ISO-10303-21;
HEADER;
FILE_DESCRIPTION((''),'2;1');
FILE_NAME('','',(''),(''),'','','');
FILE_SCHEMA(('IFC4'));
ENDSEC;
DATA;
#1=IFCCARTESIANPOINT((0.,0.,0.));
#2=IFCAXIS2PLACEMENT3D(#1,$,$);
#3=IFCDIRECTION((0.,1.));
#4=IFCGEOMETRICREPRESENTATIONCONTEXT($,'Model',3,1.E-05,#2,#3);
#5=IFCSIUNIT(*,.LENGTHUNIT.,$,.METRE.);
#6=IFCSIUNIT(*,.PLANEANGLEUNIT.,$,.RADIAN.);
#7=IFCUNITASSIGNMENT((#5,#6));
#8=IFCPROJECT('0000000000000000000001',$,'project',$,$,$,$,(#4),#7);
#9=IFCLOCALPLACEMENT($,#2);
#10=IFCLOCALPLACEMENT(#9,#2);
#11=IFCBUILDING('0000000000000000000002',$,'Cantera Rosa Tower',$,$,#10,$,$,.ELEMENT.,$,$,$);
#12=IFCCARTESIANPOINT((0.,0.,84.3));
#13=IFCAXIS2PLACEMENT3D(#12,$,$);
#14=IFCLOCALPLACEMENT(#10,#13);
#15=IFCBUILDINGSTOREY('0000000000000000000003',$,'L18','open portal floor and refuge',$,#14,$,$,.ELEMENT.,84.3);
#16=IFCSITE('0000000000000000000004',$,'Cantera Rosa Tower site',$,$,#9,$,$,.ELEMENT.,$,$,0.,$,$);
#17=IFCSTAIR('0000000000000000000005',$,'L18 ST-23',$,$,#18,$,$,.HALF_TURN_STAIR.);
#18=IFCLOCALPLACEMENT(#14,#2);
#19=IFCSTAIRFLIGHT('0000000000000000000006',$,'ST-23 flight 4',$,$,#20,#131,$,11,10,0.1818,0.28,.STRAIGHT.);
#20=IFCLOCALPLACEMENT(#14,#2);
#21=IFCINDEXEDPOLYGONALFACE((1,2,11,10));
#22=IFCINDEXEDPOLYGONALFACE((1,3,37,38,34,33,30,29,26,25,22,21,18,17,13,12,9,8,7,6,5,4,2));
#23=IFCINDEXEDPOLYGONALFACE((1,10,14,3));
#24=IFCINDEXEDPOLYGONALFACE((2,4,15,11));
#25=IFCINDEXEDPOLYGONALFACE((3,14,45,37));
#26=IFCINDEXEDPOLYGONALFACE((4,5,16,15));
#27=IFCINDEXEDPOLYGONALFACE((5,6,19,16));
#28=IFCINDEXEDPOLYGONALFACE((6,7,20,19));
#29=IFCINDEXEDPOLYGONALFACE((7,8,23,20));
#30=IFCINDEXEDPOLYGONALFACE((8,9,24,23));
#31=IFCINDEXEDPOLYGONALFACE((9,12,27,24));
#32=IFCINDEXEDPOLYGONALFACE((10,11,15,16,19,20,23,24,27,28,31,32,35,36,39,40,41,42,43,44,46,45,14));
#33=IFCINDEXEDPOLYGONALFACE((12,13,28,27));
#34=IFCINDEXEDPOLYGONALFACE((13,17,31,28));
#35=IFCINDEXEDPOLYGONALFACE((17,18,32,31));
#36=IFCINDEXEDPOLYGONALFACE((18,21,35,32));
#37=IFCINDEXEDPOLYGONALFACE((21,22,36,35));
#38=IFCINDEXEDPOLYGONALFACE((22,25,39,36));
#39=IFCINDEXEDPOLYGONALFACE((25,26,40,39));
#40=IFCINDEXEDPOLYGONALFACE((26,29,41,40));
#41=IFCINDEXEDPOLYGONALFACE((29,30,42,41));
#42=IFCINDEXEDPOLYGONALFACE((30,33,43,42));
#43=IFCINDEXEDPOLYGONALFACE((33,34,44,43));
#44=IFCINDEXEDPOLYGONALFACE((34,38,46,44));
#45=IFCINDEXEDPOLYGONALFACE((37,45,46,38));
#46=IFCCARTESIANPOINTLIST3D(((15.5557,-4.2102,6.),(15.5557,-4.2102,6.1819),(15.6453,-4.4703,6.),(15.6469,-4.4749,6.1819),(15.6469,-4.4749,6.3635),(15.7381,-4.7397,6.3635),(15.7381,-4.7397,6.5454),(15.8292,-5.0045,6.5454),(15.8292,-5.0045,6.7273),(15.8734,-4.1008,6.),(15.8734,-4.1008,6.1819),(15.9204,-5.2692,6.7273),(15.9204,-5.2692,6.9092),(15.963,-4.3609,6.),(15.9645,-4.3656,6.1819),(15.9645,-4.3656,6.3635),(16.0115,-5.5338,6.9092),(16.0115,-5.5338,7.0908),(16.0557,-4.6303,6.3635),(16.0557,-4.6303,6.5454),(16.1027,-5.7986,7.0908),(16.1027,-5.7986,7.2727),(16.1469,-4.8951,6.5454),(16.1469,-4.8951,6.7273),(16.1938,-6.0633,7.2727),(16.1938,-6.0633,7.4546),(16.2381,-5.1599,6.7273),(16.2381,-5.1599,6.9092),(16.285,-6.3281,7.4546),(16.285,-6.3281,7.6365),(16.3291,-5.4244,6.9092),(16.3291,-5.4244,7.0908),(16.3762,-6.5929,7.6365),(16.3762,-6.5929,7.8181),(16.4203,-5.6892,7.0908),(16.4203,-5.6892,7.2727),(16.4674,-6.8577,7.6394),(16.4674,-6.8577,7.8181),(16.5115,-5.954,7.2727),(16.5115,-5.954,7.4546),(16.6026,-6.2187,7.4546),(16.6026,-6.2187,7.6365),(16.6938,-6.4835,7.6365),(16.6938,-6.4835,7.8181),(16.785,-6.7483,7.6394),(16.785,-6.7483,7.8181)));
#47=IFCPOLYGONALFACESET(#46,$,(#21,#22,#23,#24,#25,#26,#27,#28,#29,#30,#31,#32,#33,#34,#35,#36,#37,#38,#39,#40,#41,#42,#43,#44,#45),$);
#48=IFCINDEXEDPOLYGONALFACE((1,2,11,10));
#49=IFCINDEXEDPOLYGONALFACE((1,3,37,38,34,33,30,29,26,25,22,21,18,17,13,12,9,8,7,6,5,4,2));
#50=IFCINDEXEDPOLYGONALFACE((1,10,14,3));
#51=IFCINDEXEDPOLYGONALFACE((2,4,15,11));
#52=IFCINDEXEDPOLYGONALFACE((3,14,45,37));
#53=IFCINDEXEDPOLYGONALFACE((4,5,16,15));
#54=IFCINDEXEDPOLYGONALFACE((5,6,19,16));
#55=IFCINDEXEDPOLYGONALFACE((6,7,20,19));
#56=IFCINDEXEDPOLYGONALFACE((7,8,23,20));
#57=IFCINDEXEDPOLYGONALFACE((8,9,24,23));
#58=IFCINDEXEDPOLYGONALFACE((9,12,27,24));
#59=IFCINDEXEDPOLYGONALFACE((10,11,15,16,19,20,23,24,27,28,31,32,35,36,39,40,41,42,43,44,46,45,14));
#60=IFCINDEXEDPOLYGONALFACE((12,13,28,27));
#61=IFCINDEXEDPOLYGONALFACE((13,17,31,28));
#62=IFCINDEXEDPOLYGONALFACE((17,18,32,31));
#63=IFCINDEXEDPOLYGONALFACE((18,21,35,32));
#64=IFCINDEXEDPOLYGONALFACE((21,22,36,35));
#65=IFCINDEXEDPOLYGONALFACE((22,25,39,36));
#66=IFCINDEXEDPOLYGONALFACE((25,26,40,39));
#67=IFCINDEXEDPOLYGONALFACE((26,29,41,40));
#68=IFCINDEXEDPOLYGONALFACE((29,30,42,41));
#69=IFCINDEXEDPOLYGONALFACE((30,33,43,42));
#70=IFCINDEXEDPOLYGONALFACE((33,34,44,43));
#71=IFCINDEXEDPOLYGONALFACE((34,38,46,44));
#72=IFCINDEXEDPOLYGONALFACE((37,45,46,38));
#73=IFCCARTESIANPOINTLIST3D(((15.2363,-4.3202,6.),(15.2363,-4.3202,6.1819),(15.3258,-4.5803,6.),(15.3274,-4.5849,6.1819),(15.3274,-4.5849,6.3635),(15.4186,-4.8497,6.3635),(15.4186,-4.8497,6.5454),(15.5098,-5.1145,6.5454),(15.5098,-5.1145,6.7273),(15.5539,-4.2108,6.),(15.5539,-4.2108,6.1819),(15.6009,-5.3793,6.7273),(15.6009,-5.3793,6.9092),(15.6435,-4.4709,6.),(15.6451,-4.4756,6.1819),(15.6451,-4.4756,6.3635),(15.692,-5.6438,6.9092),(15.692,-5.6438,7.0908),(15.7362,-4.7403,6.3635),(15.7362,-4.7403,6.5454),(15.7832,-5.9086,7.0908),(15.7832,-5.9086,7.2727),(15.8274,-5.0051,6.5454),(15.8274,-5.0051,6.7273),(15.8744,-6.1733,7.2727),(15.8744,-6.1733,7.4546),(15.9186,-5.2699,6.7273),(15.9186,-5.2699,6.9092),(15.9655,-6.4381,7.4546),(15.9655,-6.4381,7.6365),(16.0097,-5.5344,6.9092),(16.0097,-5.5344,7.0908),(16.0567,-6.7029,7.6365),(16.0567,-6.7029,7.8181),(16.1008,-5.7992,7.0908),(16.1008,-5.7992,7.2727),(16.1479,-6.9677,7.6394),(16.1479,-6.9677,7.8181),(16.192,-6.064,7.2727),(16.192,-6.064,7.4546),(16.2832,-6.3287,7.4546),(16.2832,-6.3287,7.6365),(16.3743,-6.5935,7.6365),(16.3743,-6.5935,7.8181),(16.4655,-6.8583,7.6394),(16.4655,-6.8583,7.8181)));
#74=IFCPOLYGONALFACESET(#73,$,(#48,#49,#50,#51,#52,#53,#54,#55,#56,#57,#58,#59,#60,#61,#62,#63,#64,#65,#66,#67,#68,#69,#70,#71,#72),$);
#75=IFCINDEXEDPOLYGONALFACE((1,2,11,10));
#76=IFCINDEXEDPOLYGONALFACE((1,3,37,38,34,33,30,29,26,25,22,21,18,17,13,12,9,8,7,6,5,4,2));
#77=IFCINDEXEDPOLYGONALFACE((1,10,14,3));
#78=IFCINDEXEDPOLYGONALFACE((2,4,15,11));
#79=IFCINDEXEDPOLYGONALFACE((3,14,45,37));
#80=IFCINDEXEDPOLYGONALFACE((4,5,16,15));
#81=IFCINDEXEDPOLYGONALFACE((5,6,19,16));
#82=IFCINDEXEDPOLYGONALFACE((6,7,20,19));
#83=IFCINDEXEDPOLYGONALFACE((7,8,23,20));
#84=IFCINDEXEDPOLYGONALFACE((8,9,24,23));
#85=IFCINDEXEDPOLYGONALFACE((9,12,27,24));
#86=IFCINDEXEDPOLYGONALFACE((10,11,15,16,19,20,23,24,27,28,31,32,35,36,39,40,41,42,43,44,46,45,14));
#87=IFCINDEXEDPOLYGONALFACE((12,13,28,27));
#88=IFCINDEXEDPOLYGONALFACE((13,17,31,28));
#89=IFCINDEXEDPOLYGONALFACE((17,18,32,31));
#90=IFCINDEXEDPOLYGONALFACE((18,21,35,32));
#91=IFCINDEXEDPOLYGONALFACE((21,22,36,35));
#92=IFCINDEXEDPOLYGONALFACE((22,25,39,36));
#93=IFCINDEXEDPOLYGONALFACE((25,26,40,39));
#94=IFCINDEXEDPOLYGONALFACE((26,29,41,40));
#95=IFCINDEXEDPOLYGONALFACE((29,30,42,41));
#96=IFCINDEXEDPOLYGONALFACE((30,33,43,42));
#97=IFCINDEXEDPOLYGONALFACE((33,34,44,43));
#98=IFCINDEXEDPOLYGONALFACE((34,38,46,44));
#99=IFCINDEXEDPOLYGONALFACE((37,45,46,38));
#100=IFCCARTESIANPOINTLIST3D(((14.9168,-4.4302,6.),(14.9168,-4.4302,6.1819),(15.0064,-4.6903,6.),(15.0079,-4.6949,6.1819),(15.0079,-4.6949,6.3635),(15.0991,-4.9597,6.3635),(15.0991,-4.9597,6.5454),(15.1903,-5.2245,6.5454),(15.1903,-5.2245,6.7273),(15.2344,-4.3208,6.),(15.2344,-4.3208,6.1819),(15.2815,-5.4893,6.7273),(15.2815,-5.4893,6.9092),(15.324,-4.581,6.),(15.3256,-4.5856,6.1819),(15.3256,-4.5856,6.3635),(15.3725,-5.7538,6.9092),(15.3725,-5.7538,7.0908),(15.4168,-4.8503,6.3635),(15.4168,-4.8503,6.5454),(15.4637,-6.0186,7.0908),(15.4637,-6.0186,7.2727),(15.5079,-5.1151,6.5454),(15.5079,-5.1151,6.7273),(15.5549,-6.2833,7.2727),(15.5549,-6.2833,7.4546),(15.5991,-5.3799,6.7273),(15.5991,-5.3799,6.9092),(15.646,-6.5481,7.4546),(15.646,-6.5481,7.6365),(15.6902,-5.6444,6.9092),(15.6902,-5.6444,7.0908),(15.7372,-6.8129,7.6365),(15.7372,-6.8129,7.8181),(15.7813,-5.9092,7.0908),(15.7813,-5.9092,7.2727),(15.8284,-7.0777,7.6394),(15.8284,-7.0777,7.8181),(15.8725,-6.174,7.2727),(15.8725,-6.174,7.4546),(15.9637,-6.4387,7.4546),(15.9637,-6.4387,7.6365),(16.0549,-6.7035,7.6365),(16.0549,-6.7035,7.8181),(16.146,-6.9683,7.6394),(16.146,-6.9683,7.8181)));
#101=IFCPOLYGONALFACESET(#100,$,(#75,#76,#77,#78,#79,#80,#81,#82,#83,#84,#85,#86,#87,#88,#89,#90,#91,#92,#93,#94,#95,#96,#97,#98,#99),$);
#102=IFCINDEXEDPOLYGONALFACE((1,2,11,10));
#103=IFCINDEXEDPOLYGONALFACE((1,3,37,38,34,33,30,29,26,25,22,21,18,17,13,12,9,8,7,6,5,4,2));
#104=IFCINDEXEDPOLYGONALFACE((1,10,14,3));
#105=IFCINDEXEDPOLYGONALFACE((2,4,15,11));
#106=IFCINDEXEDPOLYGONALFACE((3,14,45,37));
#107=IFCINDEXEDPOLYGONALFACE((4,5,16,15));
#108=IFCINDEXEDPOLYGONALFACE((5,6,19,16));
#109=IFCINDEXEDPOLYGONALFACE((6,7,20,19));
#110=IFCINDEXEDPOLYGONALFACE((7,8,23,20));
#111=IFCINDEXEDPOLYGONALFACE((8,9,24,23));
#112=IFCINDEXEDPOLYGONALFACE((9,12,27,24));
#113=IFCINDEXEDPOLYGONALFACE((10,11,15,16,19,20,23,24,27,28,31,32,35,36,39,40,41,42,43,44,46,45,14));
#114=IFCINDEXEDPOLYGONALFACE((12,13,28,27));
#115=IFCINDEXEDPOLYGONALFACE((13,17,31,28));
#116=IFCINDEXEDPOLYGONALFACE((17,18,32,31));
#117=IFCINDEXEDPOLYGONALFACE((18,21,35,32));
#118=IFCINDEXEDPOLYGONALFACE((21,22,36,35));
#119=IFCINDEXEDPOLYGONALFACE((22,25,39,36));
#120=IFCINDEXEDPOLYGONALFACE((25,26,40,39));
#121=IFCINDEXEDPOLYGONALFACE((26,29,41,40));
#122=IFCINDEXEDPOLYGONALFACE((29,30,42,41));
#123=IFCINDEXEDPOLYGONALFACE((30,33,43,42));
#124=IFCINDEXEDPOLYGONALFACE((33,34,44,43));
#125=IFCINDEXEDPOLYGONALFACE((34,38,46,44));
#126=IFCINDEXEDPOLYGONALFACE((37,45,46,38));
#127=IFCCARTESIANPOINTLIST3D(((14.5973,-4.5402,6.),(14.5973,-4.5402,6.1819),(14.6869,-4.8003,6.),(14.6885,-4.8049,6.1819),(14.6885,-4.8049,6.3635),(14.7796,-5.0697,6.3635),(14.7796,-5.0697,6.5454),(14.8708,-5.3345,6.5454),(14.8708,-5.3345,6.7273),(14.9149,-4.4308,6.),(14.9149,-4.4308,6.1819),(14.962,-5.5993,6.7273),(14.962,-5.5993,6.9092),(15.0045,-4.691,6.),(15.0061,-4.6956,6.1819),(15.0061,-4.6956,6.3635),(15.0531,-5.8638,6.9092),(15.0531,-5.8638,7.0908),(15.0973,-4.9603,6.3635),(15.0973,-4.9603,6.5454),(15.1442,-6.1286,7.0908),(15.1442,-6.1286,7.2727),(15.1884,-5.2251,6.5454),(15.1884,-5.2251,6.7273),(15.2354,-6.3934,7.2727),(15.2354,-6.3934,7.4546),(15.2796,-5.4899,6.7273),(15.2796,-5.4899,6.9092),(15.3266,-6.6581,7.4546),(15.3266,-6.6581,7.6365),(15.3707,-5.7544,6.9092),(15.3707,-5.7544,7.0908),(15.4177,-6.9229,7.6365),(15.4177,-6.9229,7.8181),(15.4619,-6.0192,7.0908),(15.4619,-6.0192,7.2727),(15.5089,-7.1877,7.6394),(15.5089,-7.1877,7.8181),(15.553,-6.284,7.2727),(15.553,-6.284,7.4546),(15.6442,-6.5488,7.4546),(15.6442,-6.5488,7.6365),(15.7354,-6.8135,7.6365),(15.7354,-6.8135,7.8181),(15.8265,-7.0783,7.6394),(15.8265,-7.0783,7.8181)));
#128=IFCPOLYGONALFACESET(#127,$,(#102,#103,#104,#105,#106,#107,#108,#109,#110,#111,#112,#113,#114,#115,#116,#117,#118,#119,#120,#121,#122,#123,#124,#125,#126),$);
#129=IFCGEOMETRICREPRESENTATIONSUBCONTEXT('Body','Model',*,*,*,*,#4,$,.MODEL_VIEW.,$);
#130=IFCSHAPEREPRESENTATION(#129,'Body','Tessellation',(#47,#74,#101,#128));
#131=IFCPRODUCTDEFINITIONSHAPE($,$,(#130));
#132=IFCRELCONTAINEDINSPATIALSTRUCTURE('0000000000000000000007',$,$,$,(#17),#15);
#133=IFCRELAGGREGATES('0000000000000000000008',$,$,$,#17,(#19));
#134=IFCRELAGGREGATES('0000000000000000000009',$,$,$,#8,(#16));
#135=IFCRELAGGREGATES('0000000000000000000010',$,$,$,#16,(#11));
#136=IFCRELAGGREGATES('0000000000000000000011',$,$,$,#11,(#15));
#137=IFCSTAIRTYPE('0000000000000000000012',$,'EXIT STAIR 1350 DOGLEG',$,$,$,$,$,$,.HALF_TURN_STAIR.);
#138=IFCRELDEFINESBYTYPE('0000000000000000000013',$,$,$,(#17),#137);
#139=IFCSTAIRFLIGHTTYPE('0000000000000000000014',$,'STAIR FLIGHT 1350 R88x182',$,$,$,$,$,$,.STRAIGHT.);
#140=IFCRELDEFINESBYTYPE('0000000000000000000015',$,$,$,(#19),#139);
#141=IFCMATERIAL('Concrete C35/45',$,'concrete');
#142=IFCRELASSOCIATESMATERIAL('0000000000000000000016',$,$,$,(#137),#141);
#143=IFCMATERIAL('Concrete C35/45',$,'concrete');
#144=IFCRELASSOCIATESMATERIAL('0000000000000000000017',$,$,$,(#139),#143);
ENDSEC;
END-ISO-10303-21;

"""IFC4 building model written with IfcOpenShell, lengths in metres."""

from ifc_helpers import new_model, si_unit, direction, frame, origin, place, context, subcontext, project, spatial, polyline, outline, extrude, material, type_object, element, aggregate, save


model = new_model("IFC4")

# Units and contexts
model_context = context("Model", 3, precision=1e-05, world=origin(), true_north=direction((0.0, 1.0)))
body_context = subcontext(model_context, "Body", "Model", "MODEL_VIEW")
ifc_project = project(units=[si_unit("LENGTHUNIT", "METRE"), si_unit("PLANEANGLEUNIT", "RADIAN")], contexts=[model_context])

# Site, building, storey
site_placement = place(None, origin())
site = spatial("IfcSite", under=ifc_project, at=site_placement, Name="Cantera Rosa Tower site", CompositionType="ELEMENT", RefElevation=0.0)
building_placement = place(site_placement, origin())
building = spatial("IfcBuilding", under=site, at=building_placement, Name="Cantera Rosa Tower", CompositionType="ELEMENT")
storey_placement = place(building_placement, frame((0.0, 0.0, 84.3)))
storey = spatial("IfcBuildingStorey", under=building, at=storey_placement, Name="L18", Description="open portal floor and refuge", CompositionType="ELEMENT", Elevation=84.3)

# Shared definitions
ifc_material_1 = material(Name="Concrete C35/45", Category="concrete")
stair_type = type_object("IfcStairType", Name="EXIT STAIR 1350 DOGLEG", PredefinedType="HALF_TURN_STAIR", material=ifc_material_1)

# Stair, stair flight
stair_1_placement = place(storey_placement, origin())
stair_1 = element("IfcStair", 1, at=stair_1_placement, inside=storey, type_object=stair_type, Name="L18 ST-23", PredefinedType="HALF_TURN_STAIR")
ifc_material_2 = material(Name="Concrete C35/45", Category="concrete")
stair_flight_type = type_object("IfcStairFlightType", Name="STAIR FLIGHT 1350 R88x182", PredefinedType="STRAIGHT", material=ifc_material_2)
stair_flight_1_placement = place(storey_placement, frame((15.2351, -4.3206, 6.0), z_axis=(0.0, 0.0, 1.0), x_axis=(0.325568, -0.945519, 0.0)))
stair_flight_1 = element("IfcStairFlight", 2, at=stair_flight_1_placement, type_object=stair_flight_type, Name="ST-23 flight 4", NumberOfRisers=11, NumberOfTreads=10, PredefinedType="STRAIGHT", RiserHeight=0.1818, TreadLength=0.28, context=body_context, shape_type="SweptSolid", body=[
    extrude(outline(polyline([(0.0, 0.0), (0.0, 0.1819), (0.28, 0.1819), (0.28, 0.3635), (0.5601, 0.3635), (0.5601, 0.5454), (0.8401, 0.5454), (0.8401, 0.7273), (1.1201, 0.7273), (1.1201, 0.9092), (1.3999, 0.9092), (1.3999, 1.0908), (1.6799, 1.0908), (1.6799, 1.2727), (1.96, 1.2727), (1.96, 1.4546), (2.24, 1.4546), (2.24, 1.6365), (2.52, 1.6365), (2.52, 1.8181), (2.8, 1.8181), (2.8, 2.0), (2.8, 1.6394), (0.2751, 0.0), (0.0, 0.0)])), frame((0.0, 0.675, 0.0), z_axis=(0.0, -1.0, 0.0), x_axis=(1.0, 0.0, 0.0)), (0.0, 0.0, 1.0), 0.3359),
    extrude(outline(polyline([(0.0, 0.0), (0.0, 0.1819), (0.28, 0.1819), (0.28, 0.3635), (0.5601, 0.3635), (0.5601, 0.5454), (0.8401, 0.5454), (0.8401, 0.7273), (1.1201, 0.7273), (1.1201, 0.9092), (1.3999, 0.9092), (1.3999, 1.0908), (1.6799, 1.0908), (1.6799, 1.2727), (1.96, 1.2727), (1.96, 1.4546), (2.24, 1.4546), (2.24, 1.6365), (2.52, 1.6365), (2.52, 1.8181), (2.8, 1.8181), (2.8, 2.0), (2.8, 1.6394), (0.2751, 0.0), (0.0, 0.0)])), frame((0.0, 0.3372, 0.0), z_axis=(0.0, -1.0, 0.0), x_axis=(1.0, 0.0, 0.0)), (0.0, 0.0, 1.0), 0.3359),
    extrude(outline(polyline([(0.0, 0.0), (0.0, 0.1819), (0.28, 0.1819), (0.28, 0.3635), (0.5601, 0.3635), (0.5601, 0.5454), (0.8401, 0.5454), (0.8401, 0.7273), (1.1201, 0.7273), (1.1201, 0.9092), (1.3999, 0.9092), (1.3999, 1.0908), (1.6799, 1.0908), (1.6799, 1.2727), (1.96, 1.2727), (1.96, 1.4546), (2.24, 1.4546), (2.24, 1.6365), (2.52, 1.6365), (2.52, 1.8181), (2.8, 1.8181), (2.8, 2.0), (2.8, 1.6394), (0.2751, 0.0), (0.0, 0.0)])), frame((0.0, -0.0007, 0.0), z_axis=(0.0, -1.0, 0.0), x_axis=(1.0, 0.0, 0.0)), (0.0, 0.0, 1.0), 0.3359),
    extrude(outline(polyline([(0.0, 0.0), (0.0, 0.1819), (0.28, 0.1819), (0.28, 0.3635), (0.5601, 0.3635), (0.5601, 0.5454), (0.8401, 0.5454), (0.8401, 0.7273), (1.1201, 0.7273), (1.1201, 0.9092), (1.3999, 0.9092), (1.3999, 1.0908), (1.6799, 1.0908), (1.6799, 1.2727), (1.96, 1.2727), (1.96, 1.4546), (2.24, 1.4546), (2.24, 1.6365), (2.52, 1.6365), (2.52, 1.8181), (2.8, 1.8181), (2.8, 2.0), (2.8, 1.6394), (0.2751, 0.0), (0.0, 0.0)])), frame((0.0, -0.3386, 0.0), z_axis=(0.0, -1.0, 0.0), x_axis=(1.0, 0.0, 0.0)), (0.0, 0.0, 1.0), 0.3359),
])
aggregate(stair_1, [stair_flight_1])

save(model, "model.ifc")
